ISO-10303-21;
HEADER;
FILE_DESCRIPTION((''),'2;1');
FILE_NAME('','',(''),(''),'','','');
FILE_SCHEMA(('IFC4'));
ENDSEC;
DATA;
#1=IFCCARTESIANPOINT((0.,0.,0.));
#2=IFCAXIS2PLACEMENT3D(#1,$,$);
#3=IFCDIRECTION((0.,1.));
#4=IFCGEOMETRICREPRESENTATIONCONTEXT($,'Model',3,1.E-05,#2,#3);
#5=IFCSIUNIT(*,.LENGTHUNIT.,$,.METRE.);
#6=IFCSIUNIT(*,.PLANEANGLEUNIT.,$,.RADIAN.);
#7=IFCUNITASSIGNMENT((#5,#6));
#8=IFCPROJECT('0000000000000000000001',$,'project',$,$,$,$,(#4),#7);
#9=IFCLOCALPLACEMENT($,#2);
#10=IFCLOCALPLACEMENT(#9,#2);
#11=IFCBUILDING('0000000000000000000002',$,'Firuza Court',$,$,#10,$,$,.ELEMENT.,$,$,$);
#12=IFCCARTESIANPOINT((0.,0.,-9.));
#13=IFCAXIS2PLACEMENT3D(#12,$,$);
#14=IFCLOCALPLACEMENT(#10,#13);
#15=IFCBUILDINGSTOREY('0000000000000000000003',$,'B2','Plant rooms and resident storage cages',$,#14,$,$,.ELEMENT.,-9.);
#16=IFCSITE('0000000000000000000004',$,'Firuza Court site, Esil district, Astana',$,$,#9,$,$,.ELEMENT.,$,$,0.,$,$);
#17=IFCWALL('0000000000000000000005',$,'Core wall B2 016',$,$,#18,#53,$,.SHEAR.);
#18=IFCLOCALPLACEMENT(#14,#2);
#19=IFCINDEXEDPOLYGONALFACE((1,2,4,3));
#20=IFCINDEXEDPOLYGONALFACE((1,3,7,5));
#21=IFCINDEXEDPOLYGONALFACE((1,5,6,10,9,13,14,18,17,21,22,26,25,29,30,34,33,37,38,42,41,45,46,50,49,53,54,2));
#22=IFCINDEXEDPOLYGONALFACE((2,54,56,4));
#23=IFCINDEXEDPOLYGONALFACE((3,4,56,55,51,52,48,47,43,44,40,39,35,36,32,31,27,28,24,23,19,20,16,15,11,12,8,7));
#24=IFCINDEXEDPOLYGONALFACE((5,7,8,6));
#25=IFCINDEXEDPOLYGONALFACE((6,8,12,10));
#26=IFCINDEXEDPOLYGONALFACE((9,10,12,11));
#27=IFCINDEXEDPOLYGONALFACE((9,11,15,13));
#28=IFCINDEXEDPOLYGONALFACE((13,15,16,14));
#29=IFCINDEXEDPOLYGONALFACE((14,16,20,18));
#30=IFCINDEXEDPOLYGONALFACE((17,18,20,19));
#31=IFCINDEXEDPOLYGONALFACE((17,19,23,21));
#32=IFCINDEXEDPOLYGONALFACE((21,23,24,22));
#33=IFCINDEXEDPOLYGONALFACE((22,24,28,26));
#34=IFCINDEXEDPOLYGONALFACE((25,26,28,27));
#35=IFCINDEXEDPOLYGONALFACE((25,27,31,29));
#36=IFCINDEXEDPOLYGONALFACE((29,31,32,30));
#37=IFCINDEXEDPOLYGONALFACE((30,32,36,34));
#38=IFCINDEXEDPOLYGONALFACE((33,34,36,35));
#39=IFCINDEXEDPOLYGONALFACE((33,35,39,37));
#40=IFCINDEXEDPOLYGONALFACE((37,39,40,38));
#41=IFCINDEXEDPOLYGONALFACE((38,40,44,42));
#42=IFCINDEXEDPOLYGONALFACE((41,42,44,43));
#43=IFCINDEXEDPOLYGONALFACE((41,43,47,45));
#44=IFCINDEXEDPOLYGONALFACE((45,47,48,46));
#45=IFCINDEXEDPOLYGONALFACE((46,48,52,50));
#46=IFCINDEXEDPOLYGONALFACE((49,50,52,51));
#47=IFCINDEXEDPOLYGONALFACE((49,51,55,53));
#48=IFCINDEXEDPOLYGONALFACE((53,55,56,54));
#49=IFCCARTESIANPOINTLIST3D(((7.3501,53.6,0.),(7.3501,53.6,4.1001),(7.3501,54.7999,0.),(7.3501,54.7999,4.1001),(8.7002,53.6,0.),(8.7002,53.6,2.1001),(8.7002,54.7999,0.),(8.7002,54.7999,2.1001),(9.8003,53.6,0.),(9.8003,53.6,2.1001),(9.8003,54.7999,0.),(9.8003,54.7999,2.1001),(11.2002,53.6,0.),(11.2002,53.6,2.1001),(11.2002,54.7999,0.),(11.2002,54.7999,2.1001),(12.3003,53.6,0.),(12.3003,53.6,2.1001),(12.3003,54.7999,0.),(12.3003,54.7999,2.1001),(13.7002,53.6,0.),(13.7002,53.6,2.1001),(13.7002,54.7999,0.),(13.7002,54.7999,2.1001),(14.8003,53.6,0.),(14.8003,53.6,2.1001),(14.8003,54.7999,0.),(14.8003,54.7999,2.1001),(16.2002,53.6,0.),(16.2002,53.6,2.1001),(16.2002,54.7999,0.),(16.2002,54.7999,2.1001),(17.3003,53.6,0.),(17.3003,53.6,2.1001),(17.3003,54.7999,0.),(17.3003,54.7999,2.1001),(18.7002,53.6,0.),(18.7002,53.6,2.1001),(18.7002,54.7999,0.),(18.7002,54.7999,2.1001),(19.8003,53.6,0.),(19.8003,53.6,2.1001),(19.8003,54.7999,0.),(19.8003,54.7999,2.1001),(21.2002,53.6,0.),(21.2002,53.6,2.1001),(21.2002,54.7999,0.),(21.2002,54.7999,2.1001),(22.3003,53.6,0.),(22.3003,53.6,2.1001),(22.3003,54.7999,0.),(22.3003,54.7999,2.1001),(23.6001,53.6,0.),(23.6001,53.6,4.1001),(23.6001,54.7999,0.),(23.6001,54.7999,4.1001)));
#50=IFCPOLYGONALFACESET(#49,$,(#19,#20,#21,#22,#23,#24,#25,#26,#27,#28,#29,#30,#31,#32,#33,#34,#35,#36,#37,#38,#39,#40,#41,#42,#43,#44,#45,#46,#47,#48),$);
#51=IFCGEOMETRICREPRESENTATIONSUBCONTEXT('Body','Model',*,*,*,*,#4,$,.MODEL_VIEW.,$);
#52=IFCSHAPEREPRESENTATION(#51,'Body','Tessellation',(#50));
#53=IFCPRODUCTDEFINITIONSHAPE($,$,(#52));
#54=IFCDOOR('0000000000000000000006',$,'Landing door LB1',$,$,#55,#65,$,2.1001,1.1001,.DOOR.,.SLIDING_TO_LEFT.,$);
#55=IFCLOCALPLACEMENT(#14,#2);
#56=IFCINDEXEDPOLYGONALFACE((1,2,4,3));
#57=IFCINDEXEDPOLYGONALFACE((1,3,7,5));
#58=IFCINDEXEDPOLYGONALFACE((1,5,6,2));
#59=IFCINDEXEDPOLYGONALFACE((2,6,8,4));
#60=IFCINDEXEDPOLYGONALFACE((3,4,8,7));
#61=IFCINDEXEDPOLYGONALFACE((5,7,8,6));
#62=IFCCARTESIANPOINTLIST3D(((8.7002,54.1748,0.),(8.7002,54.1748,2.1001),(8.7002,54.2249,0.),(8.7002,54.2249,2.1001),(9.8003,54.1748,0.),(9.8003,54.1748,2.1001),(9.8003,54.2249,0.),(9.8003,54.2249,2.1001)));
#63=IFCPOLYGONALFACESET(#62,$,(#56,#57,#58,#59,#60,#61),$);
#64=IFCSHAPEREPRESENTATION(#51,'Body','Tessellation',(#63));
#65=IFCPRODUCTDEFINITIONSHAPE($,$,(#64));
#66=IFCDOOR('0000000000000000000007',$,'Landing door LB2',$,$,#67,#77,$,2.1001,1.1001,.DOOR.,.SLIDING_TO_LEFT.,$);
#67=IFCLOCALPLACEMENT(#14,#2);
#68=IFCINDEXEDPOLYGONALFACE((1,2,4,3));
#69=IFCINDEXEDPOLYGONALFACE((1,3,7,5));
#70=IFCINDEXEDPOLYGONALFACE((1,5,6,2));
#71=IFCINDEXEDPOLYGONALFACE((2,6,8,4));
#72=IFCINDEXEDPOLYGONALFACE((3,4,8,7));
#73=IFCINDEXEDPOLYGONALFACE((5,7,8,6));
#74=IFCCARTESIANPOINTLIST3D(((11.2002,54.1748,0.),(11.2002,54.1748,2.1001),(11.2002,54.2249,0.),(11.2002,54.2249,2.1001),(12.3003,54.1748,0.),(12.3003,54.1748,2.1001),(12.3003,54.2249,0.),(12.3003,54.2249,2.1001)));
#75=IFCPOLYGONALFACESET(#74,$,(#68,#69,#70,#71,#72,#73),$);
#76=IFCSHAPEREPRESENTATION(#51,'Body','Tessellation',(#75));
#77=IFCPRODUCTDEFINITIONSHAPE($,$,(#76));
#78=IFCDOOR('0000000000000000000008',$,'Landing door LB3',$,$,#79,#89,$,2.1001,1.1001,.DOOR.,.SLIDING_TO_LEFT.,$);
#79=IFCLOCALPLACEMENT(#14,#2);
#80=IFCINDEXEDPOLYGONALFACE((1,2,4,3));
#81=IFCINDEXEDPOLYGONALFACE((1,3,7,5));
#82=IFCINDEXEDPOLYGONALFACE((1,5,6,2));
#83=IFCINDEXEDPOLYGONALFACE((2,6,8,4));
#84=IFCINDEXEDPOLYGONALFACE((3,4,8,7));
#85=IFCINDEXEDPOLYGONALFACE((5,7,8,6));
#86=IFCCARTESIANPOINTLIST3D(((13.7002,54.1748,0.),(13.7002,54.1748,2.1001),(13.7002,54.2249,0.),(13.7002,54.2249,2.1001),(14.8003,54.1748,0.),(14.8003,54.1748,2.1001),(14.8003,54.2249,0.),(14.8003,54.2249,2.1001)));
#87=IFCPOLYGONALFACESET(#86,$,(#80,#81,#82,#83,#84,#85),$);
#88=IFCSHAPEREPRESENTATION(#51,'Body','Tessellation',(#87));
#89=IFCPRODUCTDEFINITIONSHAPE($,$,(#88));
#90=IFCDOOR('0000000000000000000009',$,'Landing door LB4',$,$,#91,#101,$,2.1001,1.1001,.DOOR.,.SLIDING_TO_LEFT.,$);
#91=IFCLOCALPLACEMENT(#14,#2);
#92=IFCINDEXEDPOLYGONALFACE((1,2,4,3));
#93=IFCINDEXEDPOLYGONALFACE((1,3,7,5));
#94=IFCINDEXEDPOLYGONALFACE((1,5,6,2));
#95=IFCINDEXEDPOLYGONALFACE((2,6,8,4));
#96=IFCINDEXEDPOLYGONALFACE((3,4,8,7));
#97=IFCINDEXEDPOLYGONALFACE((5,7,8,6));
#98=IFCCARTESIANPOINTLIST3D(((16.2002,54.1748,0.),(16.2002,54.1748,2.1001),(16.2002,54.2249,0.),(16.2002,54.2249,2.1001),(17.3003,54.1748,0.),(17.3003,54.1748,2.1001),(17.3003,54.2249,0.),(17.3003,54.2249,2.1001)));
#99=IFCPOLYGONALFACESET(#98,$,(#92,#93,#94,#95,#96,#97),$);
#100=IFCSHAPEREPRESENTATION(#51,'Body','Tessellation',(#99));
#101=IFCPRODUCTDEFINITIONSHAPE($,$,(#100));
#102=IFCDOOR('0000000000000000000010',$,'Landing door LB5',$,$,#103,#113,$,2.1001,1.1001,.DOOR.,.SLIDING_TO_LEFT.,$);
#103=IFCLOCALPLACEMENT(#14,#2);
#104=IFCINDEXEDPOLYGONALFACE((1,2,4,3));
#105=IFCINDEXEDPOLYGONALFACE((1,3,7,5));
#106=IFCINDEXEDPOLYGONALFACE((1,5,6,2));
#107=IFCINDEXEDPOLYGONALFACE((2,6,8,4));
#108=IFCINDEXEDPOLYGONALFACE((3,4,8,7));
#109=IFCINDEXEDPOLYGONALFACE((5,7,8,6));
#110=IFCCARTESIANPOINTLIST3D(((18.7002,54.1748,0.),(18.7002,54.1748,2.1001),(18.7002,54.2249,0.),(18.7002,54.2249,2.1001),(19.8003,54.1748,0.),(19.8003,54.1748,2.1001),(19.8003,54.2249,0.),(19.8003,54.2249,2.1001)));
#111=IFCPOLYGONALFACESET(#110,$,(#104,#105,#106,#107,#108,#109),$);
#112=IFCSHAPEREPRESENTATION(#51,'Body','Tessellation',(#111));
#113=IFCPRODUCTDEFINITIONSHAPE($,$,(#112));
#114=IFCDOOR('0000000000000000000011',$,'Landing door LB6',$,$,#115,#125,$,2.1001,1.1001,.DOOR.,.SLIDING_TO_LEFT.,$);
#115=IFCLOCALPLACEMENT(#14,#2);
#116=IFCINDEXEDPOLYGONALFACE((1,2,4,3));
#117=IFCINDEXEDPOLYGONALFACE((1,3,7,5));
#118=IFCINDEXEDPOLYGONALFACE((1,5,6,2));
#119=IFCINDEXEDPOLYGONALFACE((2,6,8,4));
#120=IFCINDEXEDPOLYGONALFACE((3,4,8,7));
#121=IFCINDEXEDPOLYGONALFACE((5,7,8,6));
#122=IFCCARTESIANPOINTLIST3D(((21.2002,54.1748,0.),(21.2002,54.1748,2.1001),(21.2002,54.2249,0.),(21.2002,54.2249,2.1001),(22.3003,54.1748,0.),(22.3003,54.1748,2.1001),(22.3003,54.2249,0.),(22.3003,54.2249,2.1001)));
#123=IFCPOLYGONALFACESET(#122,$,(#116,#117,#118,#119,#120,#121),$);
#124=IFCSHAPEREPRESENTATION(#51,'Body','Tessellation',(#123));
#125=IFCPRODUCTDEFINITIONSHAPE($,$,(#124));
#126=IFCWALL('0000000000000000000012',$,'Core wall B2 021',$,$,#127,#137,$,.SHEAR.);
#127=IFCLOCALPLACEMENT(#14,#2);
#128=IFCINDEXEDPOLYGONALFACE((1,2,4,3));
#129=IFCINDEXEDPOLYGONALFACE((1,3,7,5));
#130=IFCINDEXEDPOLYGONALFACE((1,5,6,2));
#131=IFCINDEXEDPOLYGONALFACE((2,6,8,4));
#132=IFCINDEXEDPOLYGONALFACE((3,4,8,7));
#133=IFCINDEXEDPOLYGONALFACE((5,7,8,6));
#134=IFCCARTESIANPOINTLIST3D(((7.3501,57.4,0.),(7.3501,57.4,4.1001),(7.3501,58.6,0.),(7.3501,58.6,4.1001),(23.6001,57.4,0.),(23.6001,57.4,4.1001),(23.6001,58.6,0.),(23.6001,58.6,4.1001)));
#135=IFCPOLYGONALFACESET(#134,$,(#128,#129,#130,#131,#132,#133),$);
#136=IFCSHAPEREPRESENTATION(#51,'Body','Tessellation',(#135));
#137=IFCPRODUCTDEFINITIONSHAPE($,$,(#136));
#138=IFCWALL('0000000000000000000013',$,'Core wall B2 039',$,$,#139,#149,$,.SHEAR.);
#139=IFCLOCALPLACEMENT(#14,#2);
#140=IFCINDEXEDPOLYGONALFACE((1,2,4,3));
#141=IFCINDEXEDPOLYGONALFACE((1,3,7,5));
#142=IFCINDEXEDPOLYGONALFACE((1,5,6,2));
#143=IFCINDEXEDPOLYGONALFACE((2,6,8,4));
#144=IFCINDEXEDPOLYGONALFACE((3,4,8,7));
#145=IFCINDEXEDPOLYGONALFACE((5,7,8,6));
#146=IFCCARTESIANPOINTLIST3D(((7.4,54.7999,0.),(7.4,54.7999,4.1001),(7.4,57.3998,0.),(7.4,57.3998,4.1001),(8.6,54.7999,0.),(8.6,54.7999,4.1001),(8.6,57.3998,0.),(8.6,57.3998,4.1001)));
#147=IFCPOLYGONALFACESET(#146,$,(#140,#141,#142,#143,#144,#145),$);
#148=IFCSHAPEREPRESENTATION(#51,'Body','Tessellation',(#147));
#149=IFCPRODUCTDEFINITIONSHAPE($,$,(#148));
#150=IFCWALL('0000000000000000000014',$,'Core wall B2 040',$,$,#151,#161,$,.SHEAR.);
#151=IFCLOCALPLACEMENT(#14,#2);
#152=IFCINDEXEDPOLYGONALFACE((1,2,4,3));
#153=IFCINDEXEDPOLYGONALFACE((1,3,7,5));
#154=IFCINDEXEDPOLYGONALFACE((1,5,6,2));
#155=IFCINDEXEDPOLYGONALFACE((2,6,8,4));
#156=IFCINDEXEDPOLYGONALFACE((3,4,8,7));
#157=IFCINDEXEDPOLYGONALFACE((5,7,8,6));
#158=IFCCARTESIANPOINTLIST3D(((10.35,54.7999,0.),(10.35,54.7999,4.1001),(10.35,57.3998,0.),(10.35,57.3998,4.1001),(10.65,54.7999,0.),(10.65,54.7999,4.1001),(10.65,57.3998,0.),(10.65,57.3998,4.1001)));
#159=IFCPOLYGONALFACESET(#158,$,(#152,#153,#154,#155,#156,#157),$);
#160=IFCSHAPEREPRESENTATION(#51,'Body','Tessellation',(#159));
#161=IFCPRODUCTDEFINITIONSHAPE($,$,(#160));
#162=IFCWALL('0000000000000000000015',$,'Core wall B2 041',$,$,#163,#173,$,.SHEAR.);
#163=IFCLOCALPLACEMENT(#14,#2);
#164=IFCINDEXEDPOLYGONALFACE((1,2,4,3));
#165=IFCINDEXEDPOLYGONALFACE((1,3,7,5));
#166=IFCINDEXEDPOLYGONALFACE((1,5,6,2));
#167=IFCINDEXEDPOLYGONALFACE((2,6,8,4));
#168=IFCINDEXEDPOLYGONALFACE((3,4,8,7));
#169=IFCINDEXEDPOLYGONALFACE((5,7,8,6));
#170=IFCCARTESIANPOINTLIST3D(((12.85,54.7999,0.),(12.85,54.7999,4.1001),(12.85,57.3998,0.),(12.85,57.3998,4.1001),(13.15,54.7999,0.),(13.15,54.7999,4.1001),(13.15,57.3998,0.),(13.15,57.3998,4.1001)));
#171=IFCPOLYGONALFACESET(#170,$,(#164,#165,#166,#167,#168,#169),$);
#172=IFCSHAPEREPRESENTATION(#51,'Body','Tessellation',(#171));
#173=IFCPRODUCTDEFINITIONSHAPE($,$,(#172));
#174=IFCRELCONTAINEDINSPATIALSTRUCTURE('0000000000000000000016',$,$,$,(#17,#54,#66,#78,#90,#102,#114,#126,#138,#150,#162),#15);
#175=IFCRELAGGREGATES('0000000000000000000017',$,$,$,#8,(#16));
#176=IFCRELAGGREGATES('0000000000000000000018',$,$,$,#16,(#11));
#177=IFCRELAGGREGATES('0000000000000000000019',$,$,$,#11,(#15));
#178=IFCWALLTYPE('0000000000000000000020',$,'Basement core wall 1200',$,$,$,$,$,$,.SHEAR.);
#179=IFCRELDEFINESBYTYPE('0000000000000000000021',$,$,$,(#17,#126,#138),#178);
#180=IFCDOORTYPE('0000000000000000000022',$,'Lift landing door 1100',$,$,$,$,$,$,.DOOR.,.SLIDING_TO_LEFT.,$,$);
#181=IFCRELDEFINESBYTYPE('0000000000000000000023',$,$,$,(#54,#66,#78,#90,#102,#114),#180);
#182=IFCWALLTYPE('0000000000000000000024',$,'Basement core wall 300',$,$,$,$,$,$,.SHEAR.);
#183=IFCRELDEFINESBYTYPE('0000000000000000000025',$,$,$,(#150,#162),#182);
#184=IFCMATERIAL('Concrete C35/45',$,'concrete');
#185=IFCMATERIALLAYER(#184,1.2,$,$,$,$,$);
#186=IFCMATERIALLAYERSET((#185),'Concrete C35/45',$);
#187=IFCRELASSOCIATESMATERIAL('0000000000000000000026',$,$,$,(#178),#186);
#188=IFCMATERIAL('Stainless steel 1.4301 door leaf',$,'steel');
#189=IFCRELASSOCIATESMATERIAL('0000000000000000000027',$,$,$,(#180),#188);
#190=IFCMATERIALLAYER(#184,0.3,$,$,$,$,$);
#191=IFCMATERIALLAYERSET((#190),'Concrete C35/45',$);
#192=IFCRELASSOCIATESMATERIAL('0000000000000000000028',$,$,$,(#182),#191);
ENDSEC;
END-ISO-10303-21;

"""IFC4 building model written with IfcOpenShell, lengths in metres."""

from ifc_helpers import new_model, si_unit, direction, frame, frame_2d, origin, place, context, subcontext, project, spatial, rectangle, extrude, material, layer, layer_set, type_object, element, fill, save


model = new_model("IFC4")

# Units and contexts
model_context = context("Model", 3, precision=1e-05, world=origin(), true_north=direction((0.0, 1.0)))
body_context = subcontext(model_context, "Body", "Model", "MODEL_VIEW")
ifc_project = project(units=[si_unit("LENGTHUNIT", "METRE"), si_unit("PLANEANGLEUNIT", "RADIAN")], contexts=[model_context])

# Site, building, storey
site_placement = place(None, origin())
site = spatial("IfcSite", under=ifc_project, at=site_placement, Name="Firuza Court site, Esil district, Astana", CompositionType="ELEMENT", RefElevation=0.0)
building_placement = place(site_placement, origin())
building = spatial("IfcBuilding", under=site, at=building_placement, Name="Firuza Court", CompositionType="ELEMENT")
storey_placement = place(building_placement, frame((0.0, 0.0, -9.0)))
storey = spatial("IfcBuildingStorey", under=building, at=storey_placement, Name="B2", Description="Plant rooms and resident storage cages", CompositionType="ELEMENT", Elevation=-9.0)

# Wall, openings, doors
ifc_material_1 = material(Name="Concrete C35/45", Category="concrete")
ifc_layer_1 = layer(ifc_material_1, 1.2)
ifc_layer_set_1 = layer_set([ifc_layer_1], Name="Concrete C35/45")
wall_type_1 = type_object("IfcWallType", Name="Basement core wall 1200", PredefinedType="SHEAR", material=ifc_layer_set_1)
wall_1_placement = place(storey_placement, frame((7.3501, 54.2, 0.0), z_axis=(0.0, 0.0, 1.0), x_axis=(1.0, 0.0, 0.0)))
wall_1 = element("IfcWall", 1, at=wall_1_placement, inside=storey, type_object=wall_type_1, Name="Core wall B2 016", PredefinedType="SHEAR", context=body_context, shape_type="SweptSolid", body=[
    extrude(rectangle(XDim=16.25, YDim=1.2, at=frame_2d((8.125, 0.0))), origin(), (0.0, 0.0, 1.0), 4.1001),
])
opening_1_placement = place(wall_1_placement, frame((1.3501, 0.0, 0.0)))
opening_1 = element("IfcOpeningElement", 2, at=opening_1_placement, cuts=wall_1, PredefinedType="OPENING", context=body_context, shape_type="SweptSolid", body=[
    extrude(rectangle(XDim=1.1001, YDim=2.1001, at=frame_2d((0.55, 1.05))), frame((0.0, 0.6118, 0.0), z_axis=(0.0, -1.0, 0.0), x_axis=(1.0, 0.0, 0.0)), (0.0, 0.0, 1.0), 1.2239),
])
opening_2_placement = place(wall_1_placement, frame((3.8501, 0.0, 0.0)))
opening_2 = element("IfcOpeningElement", 3, at=opening_2_placement, cuts=wall_1, PredefinedType="OPENING", context=body_context, shape_type="SweptSolid", body=[
    extrude(rectangle(XDim=1.1001, YDim=2.1001, at=frame_2d((0.55, 1.05))), frame((0.0, 0.6118, 0.0), z_axis=(0.0, -1.0, 0.0), x_axis=(1.0, 0.0, 0.0)), (0.0, 0.0, 1.0), 1.2239),
])
opening_3_placement = place(wall_1_placement, frame((6.3501, 0.0, 0.0)))
opening_3 = element("IfcOpeningElement", 4, at=opening_3_placement, cuts=wall_1, PredefinedType="OPENING", context=body_context, shape_type="SweptSolid", body=[
    extrude(rectangle(XDim=1.1001, YDim=2.1001, at=frame_2d((0.55, 1.05))), frame((0.0, 0.6118, 0.0), z_axis=(0.0, -1.0, 0.0), x_axis=(1.0, 0.0, 0.0)), (0.0, 0.0, 1.0), 1.2239),
])
opening_4_placement = place(wall_1_placement, frame((8.8501, 0.0, 0.0)))
opening_4 = element("IfcOpeningElement", 5, at=opening_4_placement, cuts=wall_1, PredefinedType="OPENING", context=body_context, shape_type="SweptSolid", body=[
    extrude(rectangle(XDim=1.1001, YDim=2.1001, at=frame_2d((0.55, 1.05))), frame((0.0, 0.6118, 0.0), z_axis=(0.0, -1.0, 0.0), x_axis=(1.0, 0.0, 0.0)), (0.0, 0.0, 1.0), 1.2239),
])
opening_5_placement = place(wall_1_placement, frame((11.3501, 0.0, 0.0)))
opening_5 = element("IfcOpeningElement", 6, at=opening_5_placement, cuts=wall_1, PredefinedType="OPENING", context=body_context, shape_type="SweptSolid", body=[
    extrude(rectangle(XDim=1.1001, YDim=2.1001, at=frame_2d((0.55, 1.05))), frame((0.0, 0.6118, 0.0), z_axis=(0.0, -1.0, 0.0), x_axis=(1.0, 0.0, 0.0)), (0.0, 0.0, 1.0), 1.2239),
])
opening_6_placement = place(wall_1_placement, frame((13.8501, 0.0, 0.0)))
opening_6 = element("IfcOpeningElement", 7, at=opening_6_placement, cuts=wall_1, PredefinedType="OPENING", context=body_context, shape_type="SweptSolid", body=[
    extrude(rectangle(XDim=1.1001, YDim=2.1001, at=frame_2d((0.55, 1.05))), frame((0.0, 0.6118, 0.0), z_axis=(0.0, -1.0, 0.0), x_axis=(1.0, 0.0, 0.0)), (0.0, 0.0, 1.0), 1.2239),
])
ifc_material_2 = material(Name="Stainless steel 1.4301 door leaf", Category="steel")
door_type_1 = type_object("IfcDoorType", Name="Lift landing door 1100", OperationType="SLIDING_TO_LEFT", PredefinedType="DOOR", material=ifc_material_2)
door_1_placement = place(opening_1_placement, origin())
door_1 = element("IfcDoor", 8, at=door_1_placement, inside=storey, type_object=door_type_1, Name="Landing door LB1", OperationType="SLIDING_TO_LEFT", OverallHeight=2.1001, OverallWidth=1.1001, PredefinedType="DOOR", context=body_context, shape_type="SweptSolid", body=[
    extrude(rectangle(XDim=1.1001, YDim=2.1001, at=frame_2d((0.55, 1.05))), frame((0.0, 0.0249, 0.0), z_axis=(0.0, -1.0, 0.0), x_axis=(1.0, 0.0, 0.0)), (0.0, 0.0, 1.0), 0.05),
])
fill(opening_1, door_1)
door_2_placement = place(opening_2_placement, origin())
door_2 = element("IfcDoor", 9, at=door_2_placement, inside=storey, type_object=door_type_1, Name="Landing door LB2", OperationType="SLIDING_TO_LEFT", OverallHeight=2.1001, OverallWidth=1.1001, PredefinedType="DOOR", context=body_context, shape_type="SweptSolid", body=[
    extrude(rectangle(XDim=1.1001, YDim=2.1001, at=frame_2d((0.55, 1.05))), frame((0.0, 0.0249, 0.0), z_axis=(0.0, -1.0, 0.0), x_axis=(1.0, 0.0, 0.0)), (0.0, 0.0, 1.0), 0.05),
])
fill(opening_2, door_2)
door_3_placement = place(opening_3_placement, origin())
door_3 = element("IfcDoor", 10, at=door_3_placement, inside=storey, type_object=door_type_1, Name="Landing door LB3", OperationType="SLIDING_TO_LEFT", OverallHeight=2.1001, OverallWidth=1.1001, PredefinedType="DOOR", context=body_context, shape_type="SweptSolid", body=[
    extrude(rectangle(XDim=1.1001, YDim=2.1001, at=frame_2d((0.55, 1.05))), frame((0.0, 0.0249, 0.0), z_axis=(0.0, -1.0, 0.0), x_axis=(1.0, 0.0, 0.0)), (0.0, 0.0, 1.0), 0.05),
])
fill(opening_3, door_3)
door_4_placement = place(opening_4_placement, origin())
door_4 = element("IfcDoor", 11, at=door_4_placement, inside=storey, type_object=door_type_1, Name="Landing door LB4", OperationType="SLIDING_TO_LEFT", OverallHeight=2.1001, OverallWidth=1.1001, PredefinedType="DOOR", context=body_context, shape_type="SweptSolid", body=[
    extrude(rectangle(XDim=1.1001, YDim=2.1001, at=frame_2d((0.55, 1.05))), frame((0.0, 0.0249, 0.0), z_axis=(0.0, -1.0, 0.0), x_axis=(1.0, 0.0, 0.0)), (0.0, 0.0, 1.0), 0.05),
])
fill(opening_4, door_4)
door_5_placement = place(opening_5_placement, origin())
door_5 = element("IfcDoor", 12, at=door_5_placement, inside=storey, type_object=door_type_1, Name="Landing door LB5", OperationType="SLIDING_TO_LEFT", OverallHeight=2.1001, OverallWidth=1.1001, PredefinedType="DOOR", context=body_context, shape_type="SweptSolid", body=[
    extrude(rectangle(XDim=1.1001, YDim=2.1001, at=frame_2d((0.55, 1.05))), frame((0.0, 0.0249, 0.0), z_axis=(0.0, -1.0, 0.0), x_axis=(1.0, 0.0, 0.0)), (0.0, 0.0, 1.0), 0.05),
])
fill(opening_5, door_5)
door_6_placement = place(opening_6_placement, origin())
door_6 = element("IfcDoor", 13, at=door_6_placement, inside=storey, type_object=door_type_1, Name="Landing door LB6", OperationType="SLIDING_TO_LEFT", OverallHeight=2.1001, OverallWidth=1.1001, PredefinedType="DOOR", context=body_context, shape_type="SweptSolid", body=[
    extrude(rectangle(XDim=1.1001, YDim=2.1001, at=frame_2d((0.55, 1.05))), frame((0.0, 0.0249, 0.0), z_axis=(0.0, -1.0, 0.0), x_axis=(1.0, 0.0, 0.0)), (0.0, 0.0, 1.0), 0.05),
])
fill(opening_6, door_6)

# Walls
wall_2_placement = place(storey_placement, frame((7.3501, 58.0, 0.0), z_axis=(0.0, 0.0, 1.0), x_axis=(1.0, 0.0, 0.0)))
element("IfcWall", 14, at=wall_2_placement, inside=storey, type_object=wall_type_1, Name="Core wall B2 021", PredefinedType="SHEAR", context=body_context, shape_type="SweptSolid", body=[
    extrude(rectangle(XDim=16.25, YDim=1.2, at=frame_2d((8.125, 0.0))), origin(), (0.0, 0.0, 1.0), 4.1001),
])
wall_3_placement = place(storey_placement, frame((8.0, 54.8, 0.0), z_axis=(0.0, 0.0, 1.0), x_axis=(0.0, 1.0, 0.0)))
element("IfcWall", 15, at=wall_3_placement, inside=storey, type_object=wall_type_1, Name="Core wall B2 039", PredefinedType="SHEAR", context=body_context, shape_type="SweptSolid", body=[
    extrude(rectangle(XDim=2.5999, YDim=1.2, at=frame_2d((1.2998, 0.0))), origin(), (0.0, 0.0, 1.0), 4.1001),
])
ifc_layer_2 = layer(ifc_material_1, 0.3)
ifc_layer_set_2 = layer_set([ifc_layer_2], Name="Concrete C35/45")
wall_type_2 = type_object("IfcWallType", Name="Basement core wall 300", PredefinedType="SHEAR", material=ifc_layer_set_2)
for number, where, z_axis, x_axis, name in (
    (16, (10.5, 54.8, 0.0), (0.0, 0.0, 1.0), (0.0, 1.0, 0.0), "Core wall B2 040"),
    (17, (13.0, 54.8, 0.0), (0.0, 0.0, 1.0), (0.0, 1.0, 0.0), "Core wall B2 041"),
):
    element("IfcWall", number, at=place(storey_placement, frame(where, z_axis=z_axis, x_axis=x_axis)), inside=storey, type_object=wall_type_2, Name=name, PredefinedType="SHEAR", context=body_context, shape_type="SweptSolid", body=[
        extrude(rectangle(XDim=2.5999, YDim=0.3, at=frame_2d((1.2998, 0.0))), origin(), (0.0, 0.0, 1.0), 4.1001),
    ])

save(model, "model.ifc")
